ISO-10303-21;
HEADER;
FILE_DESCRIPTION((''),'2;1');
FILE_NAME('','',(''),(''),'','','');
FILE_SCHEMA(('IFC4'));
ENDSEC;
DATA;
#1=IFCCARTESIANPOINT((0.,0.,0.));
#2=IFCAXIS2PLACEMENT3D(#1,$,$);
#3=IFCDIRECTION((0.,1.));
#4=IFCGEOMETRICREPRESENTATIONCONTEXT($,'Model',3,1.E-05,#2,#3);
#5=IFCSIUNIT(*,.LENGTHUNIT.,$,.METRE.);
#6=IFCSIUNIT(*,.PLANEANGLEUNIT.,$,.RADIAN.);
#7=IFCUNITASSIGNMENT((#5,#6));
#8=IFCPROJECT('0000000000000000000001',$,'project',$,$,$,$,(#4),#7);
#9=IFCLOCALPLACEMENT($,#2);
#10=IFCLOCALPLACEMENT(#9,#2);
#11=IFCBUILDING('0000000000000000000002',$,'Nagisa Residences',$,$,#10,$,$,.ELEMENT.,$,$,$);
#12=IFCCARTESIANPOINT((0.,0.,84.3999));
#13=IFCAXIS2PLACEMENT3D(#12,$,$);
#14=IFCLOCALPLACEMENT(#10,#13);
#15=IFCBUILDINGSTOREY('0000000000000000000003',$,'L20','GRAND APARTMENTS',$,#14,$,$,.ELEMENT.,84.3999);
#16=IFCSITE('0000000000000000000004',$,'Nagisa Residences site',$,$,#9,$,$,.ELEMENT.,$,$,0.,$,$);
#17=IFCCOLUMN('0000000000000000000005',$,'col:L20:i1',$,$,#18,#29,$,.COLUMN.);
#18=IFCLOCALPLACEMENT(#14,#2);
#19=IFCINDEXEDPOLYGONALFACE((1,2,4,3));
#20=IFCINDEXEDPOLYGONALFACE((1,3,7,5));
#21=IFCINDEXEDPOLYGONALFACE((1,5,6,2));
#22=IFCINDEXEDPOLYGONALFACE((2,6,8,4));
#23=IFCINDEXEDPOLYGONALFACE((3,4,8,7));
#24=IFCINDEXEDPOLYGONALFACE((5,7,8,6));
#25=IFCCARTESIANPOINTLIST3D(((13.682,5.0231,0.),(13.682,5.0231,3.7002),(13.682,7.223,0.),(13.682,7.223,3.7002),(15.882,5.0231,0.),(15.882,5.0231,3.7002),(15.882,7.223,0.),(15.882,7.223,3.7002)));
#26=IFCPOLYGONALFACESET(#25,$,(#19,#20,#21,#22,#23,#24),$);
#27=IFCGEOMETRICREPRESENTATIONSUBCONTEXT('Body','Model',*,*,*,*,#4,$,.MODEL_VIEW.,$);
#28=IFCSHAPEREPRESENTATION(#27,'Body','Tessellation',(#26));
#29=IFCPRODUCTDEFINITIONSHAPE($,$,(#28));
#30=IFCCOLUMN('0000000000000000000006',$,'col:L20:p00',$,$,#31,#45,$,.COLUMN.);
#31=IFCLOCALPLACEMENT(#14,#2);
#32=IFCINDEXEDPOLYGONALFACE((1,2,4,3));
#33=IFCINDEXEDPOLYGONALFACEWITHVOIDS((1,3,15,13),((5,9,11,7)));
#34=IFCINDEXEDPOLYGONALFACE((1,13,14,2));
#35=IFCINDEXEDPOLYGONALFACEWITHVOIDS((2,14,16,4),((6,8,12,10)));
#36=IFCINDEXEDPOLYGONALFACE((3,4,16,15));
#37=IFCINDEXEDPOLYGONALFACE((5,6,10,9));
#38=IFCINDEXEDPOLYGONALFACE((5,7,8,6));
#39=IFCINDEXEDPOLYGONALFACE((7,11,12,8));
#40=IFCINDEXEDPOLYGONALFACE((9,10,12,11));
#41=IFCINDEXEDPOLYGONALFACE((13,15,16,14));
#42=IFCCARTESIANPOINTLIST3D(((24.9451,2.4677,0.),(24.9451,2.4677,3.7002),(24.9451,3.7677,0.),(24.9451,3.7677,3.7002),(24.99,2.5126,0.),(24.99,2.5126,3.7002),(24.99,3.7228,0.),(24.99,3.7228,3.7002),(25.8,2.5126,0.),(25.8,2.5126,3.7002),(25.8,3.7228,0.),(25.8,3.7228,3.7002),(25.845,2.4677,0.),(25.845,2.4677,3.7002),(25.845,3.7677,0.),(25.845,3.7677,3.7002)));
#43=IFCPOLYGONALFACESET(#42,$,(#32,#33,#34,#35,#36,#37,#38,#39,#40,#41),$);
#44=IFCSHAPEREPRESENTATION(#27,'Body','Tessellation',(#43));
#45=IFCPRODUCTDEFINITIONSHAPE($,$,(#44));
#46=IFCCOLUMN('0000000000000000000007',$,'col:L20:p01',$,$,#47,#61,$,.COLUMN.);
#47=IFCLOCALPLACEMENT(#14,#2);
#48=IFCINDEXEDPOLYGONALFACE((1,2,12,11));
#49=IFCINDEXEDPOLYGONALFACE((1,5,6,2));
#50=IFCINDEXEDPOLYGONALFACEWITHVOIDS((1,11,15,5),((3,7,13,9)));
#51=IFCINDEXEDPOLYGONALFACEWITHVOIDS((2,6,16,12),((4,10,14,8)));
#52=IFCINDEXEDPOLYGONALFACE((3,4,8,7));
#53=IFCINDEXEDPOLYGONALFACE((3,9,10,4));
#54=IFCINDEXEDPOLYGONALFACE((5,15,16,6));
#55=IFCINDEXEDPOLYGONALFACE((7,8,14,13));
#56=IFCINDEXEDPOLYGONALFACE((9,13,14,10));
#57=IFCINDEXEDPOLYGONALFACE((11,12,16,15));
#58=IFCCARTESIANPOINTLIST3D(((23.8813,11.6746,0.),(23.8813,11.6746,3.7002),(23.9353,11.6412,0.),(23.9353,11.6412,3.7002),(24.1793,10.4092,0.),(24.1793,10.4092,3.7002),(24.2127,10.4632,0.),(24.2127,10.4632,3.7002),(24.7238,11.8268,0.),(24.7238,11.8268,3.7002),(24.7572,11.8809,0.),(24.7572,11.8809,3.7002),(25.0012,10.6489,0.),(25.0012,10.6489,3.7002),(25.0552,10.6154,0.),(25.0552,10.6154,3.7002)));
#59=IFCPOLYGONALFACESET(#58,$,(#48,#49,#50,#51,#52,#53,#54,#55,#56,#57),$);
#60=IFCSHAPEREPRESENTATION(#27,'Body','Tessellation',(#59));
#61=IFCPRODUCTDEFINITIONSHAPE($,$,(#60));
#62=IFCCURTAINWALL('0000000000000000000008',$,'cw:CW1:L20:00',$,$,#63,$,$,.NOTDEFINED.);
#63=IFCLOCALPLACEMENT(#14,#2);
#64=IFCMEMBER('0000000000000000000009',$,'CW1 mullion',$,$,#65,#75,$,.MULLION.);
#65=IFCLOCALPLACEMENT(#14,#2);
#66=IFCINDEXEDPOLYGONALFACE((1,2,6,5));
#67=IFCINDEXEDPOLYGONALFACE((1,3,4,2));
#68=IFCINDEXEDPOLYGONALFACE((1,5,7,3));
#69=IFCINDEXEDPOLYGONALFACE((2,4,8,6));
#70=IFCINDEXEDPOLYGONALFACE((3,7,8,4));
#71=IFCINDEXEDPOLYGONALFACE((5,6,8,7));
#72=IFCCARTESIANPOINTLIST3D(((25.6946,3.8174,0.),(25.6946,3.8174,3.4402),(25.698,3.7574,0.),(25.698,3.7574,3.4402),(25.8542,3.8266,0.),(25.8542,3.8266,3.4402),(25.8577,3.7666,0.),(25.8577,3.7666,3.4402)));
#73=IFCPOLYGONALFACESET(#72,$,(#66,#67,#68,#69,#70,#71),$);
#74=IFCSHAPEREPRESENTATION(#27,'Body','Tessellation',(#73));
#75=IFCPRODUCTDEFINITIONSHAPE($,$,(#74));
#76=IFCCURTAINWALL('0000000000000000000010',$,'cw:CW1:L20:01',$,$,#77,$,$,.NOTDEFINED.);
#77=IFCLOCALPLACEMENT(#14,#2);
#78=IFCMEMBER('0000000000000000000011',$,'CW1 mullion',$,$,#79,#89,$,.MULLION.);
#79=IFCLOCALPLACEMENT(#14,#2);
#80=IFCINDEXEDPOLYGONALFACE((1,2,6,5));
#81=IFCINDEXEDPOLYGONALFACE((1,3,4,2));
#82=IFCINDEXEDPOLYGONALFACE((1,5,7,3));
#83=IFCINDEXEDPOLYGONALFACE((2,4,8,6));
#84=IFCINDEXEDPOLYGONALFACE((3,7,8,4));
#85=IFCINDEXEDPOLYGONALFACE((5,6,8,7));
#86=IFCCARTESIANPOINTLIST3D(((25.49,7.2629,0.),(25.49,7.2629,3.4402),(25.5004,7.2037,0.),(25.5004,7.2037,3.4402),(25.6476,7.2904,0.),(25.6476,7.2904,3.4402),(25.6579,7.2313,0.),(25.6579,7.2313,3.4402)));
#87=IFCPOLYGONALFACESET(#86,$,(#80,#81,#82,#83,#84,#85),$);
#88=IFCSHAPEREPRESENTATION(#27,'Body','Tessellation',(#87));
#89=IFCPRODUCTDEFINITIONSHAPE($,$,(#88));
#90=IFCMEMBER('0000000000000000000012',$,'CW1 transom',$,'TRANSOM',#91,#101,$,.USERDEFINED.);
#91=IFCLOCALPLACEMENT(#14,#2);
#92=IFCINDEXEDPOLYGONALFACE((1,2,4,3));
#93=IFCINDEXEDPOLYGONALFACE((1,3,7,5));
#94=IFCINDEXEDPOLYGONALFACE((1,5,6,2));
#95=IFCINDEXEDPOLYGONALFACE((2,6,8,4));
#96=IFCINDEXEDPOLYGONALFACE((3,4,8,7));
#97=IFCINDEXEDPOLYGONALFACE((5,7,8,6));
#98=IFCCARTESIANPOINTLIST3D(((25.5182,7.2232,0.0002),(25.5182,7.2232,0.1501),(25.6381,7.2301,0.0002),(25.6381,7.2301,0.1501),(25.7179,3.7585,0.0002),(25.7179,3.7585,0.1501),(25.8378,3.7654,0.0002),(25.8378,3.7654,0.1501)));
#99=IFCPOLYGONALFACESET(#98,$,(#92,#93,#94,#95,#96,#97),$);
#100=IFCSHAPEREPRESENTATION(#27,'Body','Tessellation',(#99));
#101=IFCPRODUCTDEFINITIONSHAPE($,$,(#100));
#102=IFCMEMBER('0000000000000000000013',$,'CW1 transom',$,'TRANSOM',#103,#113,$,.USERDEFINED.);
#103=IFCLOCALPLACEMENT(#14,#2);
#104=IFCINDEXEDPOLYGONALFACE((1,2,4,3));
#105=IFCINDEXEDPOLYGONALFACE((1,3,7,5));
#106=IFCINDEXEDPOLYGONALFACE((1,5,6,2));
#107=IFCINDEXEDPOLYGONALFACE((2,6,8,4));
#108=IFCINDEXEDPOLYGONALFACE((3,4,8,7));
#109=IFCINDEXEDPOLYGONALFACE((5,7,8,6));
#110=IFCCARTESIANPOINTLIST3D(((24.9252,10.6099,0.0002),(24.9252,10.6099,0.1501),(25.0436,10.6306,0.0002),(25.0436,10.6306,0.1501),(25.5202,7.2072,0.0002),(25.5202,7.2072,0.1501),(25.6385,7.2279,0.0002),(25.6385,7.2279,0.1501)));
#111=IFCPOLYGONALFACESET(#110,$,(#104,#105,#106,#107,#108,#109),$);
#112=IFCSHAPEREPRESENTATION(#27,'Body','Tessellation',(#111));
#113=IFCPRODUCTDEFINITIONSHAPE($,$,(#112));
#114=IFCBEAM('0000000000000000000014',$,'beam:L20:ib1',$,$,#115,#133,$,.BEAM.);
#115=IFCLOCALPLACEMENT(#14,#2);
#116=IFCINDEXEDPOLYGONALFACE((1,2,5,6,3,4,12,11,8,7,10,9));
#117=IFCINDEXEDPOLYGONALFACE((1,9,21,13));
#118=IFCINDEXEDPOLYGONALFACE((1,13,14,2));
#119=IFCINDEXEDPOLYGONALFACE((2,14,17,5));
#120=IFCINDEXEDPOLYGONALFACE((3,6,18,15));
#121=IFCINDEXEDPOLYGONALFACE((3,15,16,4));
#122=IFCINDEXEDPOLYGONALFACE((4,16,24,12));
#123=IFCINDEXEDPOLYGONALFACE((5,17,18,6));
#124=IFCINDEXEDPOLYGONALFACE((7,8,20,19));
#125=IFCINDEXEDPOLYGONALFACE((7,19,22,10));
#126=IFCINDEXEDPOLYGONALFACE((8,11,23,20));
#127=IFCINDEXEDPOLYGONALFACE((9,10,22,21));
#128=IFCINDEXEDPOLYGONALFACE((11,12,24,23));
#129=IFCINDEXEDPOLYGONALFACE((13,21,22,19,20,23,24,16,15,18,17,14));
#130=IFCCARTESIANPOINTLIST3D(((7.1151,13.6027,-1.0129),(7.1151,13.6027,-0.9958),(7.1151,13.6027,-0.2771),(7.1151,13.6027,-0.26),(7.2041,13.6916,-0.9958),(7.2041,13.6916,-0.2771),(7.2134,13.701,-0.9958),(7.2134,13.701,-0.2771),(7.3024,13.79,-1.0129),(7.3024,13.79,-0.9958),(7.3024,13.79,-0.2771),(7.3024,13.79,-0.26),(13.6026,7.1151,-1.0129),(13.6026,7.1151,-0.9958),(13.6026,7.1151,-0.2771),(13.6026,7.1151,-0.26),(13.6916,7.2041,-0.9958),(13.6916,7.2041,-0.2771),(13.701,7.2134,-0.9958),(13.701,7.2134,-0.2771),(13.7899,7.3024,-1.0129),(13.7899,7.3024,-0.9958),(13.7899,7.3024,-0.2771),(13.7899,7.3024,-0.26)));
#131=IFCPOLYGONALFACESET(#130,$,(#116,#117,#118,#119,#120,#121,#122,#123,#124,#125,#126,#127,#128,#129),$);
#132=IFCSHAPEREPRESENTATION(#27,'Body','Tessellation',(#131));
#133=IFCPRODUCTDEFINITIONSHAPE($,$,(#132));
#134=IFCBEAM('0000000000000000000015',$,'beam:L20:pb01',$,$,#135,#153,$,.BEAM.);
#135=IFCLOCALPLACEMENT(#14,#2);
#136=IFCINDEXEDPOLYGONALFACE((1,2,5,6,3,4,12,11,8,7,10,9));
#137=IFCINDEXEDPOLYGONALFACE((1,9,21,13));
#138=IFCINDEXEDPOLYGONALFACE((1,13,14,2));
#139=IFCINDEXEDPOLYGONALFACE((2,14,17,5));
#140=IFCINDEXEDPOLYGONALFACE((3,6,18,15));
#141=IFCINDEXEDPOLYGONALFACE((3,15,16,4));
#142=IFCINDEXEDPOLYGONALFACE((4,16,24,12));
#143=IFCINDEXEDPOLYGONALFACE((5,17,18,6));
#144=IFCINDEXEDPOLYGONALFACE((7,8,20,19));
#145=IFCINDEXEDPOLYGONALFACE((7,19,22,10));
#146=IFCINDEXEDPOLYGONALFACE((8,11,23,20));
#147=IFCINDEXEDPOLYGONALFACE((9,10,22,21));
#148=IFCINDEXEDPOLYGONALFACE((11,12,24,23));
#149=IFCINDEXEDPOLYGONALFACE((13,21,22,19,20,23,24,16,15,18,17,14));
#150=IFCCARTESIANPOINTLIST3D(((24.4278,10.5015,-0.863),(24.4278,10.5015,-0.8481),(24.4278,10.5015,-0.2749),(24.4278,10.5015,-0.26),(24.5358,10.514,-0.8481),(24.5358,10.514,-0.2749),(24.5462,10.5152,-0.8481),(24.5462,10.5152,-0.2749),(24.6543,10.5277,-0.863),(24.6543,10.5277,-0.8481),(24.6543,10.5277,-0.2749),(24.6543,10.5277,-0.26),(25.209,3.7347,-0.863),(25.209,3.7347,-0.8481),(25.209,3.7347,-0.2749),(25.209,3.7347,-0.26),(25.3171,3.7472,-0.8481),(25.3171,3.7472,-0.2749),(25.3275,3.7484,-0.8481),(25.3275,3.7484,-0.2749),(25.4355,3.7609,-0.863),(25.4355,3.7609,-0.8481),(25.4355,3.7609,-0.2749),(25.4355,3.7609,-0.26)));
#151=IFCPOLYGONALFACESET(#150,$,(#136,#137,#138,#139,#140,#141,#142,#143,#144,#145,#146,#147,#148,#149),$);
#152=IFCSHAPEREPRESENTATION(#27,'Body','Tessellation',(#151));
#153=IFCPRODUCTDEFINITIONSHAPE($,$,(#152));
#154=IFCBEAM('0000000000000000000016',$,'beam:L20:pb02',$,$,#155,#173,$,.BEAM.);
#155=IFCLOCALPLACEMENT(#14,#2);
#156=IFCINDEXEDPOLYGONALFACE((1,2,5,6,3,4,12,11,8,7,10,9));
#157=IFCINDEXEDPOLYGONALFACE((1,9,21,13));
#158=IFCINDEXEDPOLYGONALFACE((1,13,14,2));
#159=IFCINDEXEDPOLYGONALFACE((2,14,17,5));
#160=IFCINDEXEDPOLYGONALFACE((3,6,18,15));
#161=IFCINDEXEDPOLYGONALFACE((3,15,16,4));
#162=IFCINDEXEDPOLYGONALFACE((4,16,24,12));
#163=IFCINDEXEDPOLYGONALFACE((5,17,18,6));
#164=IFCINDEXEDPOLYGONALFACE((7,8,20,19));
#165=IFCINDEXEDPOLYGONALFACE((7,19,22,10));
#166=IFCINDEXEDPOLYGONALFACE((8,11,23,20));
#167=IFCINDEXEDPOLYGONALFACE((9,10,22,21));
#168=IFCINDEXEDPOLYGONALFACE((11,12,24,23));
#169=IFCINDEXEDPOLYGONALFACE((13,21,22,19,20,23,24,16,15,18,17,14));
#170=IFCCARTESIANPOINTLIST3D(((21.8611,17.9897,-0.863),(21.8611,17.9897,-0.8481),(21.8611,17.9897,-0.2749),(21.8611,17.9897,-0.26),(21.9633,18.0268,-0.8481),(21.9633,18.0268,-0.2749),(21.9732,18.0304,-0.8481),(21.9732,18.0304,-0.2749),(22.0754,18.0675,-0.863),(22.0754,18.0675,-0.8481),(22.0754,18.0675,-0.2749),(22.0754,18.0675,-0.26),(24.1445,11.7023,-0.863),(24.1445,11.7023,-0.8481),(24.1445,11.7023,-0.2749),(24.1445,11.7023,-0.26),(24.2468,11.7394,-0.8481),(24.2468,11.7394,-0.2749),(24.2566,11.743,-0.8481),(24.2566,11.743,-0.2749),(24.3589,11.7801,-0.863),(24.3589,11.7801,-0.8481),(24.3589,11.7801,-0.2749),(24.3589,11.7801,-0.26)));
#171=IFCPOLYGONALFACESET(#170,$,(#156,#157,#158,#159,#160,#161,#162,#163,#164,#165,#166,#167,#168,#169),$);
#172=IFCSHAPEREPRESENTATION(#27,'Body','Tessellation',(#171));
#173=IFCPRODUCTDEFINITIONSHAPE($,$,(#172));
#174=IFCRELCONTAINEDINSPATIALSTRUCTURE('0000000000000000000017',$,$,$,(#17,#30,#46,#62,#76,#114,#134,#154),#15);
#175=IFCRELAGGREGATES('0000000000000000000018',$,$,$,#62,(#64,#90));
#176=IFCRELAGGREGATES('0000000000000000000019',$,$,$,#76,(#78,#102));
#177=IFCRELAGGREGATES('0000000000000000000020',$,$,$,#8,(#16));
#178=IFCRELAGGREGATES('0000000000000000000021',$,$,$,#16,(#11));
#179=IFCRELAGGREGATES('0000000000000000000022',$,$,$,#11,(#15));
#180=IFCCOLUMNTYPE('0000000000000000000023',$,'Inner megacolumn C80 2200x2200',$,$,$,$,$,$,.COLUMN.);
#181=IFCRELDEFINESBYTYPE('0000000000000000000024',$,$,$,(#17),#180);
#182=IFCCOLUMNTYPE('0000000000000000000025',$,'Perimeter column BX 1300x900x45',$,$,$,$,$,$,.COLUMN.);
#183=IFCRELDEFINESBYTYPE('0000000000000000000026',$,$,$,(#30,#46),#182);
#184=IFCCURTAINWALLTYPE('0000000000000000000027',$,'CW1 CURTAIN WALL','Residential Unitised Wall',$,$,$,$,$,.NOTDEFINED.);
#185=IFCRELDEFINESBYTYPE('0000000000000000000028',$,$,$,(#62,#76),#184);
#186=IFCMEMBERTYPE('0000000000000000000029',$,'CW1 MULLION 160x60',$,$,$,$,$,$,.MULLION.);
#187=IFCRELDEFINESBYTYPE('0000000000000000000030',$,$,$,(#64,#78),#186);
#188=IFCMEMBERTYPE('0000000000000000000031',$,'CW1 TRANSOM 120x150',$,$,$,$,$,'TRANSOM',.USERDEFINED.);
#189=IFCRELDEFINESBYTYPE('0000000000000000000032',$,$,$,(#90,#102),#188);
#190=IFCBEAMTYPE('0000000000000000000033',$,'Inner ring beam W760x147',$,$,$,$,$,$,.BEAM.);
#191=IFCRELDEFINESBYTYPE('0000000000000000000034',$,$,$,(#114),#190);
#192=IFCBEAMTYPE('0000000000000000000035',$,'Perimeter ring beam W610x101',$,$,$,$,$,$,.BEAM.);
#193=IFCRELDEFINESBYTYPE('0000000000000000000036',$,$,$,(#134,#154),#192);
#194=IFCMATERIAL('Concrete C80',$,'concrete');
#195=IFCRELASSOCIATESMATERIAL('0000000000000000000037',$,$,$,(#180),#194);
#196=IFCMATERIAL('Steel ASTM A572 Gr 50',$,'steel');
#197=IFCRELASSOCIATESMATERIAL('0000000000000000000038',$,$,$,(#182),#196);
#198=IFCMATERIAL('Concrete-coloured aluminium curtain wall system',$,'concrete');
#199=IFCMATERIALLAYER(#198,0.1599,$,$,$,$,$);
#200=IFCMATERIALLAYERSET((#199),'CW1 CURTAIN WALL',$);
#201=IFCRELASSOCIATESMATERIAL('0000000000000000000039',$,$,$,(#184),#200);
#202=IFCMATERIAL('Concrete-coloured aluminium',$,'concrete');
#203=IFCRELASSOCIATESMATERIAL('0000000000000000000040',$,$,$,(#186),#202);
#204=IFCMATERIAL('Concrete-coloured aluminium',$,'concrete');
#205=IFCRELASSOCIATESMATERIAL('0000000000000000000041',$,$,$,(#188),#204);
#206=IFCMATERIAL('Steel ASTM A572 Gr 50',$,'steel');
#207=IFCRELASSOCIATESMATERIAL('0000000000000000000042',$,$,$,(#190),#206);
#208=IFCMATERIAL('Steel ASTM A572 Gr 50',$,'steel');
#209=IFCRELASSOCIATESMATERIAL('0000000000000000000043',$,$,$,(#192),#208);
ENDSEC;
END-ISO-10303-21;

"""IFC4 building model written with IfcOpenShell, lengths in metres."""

from ifc_helpers import new_model, si_unit, direction, frame, origin, origin_2d, place, context, subcontext, project, spatial, rectangle, hollow_rectangle, i_section, extrude, material, layer, layer_set, material_profile, profile_set, type_object, element, aggregate, save


model = new_model("IFC4")

# Units and contexts
model_context = context("Model", 3, precision=1e-05, world=origin(), true_north=direction((0.0, 1.0)))
body_context = subcontext(model_context, "Body", "Model", "MODEL_VIEW")
ifc_project = project(units=[si_unit("LENGTHUNIT", "METRE"), si_unit("PLANEANGLEUNIT", "RADIAN")], contexts=[model_context])

# Site, building, storey
site_placement = place(None, origin())
site = spatial("IfcSite", under=ifc_project, at=site_placement, Name="Nagisa Residences site", CompositionType="ELEMENT", RefElevation=0.0)
building_placement = place(site_placement, origin())
building = spatial("IfcBuilding", under=site, at=building_placement, Name="Nagisa Residences", CompositionType="ELEMENT")
storey_placement = place(building_placement, frame((0.0, 0.0, 84.3999)))
storey = spatial("IfcBuildingStorey", under=building, at=storey_placement, Name="L20", Description="GRAND APARTMENTS", CompositionType="ELEMENT", Elevation=84.3999)

# Columns
ifc_material_1 = material(Name="Concrete C80", Category="concrete")
ifc_material_profile_1 = material_profile(ifc_material_1, rectangle(XDim=2.2, YDim=2.2, at=origin_2d()), Name="C80 2200x2200")
ifc_profile_set_1 = profile_set([ifc_material_profile_1], Name="Concrete C80")
column_type_1 = type_object("IfcColumnType", Name="Inner megacolumn C80 2200x2200", PredefinedType="COLUMN", material=ifc_profile_set_1)
column_placement = place(storey_placement, frame((14.782, 6.123, 0.0), z_axis=(0.0, 0.0, 1.0), x_axis=(1.0, 0.0, 0.0)))
element("IfcColumn", 1, at=column_placement, inside=storey, type_object=column_type_1, Name="col:L20:i1", PredefinedType="COLUMN", context=body_context, shape_type="SweptSolid", body=[
    extrude(rectangle(XDim=2.2, YDim=2.2, at=origin_2d()), origin(), (0.0, 0.0, 1.0), 3.7002),
])
ifc_material_2 = material(Name="Steel ASTM A572 Gr 50", Category="steel")
ifc_material_profile_2 = material_profile(ifc_material_2, hollow_rectangle(XDim=1.3, YDim=0.8999, WallThickness=0.0449, at=origin_2d()), Name="BX 1300x900x45")
ifc_profile_set_2 = profile_set([ifc_material_profile_2], Name="Steel ASTM A572 Gr 50")
column_type_2 = type_object("IfcColumnType", Name="Perimeter column BX 1300x900x45", PredefinedType="COLUMN", material=ifc_profile_set_2)
for number, where, z_axis, x_axis, name in (
    (2, (25.395, 3.1177, 0.0), (0.0, 0.0, 1.0), (0.0, 1.0, 0.0), "col:L20:p00"),
    (3, (24.4683, 11.145, 0.0), (0.0, 0.0, 1.0), (-0.229202, 0.973379, 0.0), "col:L20:p01"),
):
    element("IfcColumn", number, at=place(storey_placement, frame(where, z_axis=z_axis, x_axis=x_axis)), inside=storey, type_object=column_type_2, Name=name, PredefinedType="COLUMN", context=body_context, shape_type="SweptSolid", body=[
        extrude(hollow_rectangle(XDim=1.3, YDim=0.8999, WallThickness=0.0449, at=origin_2d()), origin(), (0.0, 0.0, 1.0), 3.7002),
    ])

# Curtain walls, members
ifc_material_3 = material(Name="Concrete-coloured aluminium curtain wall system", Category="concrete")
ifc_layer_1 = layer(ifc_material_3, 0.1599)
ifc_layer_set_1 = layer_set([ifc_layer_1], Name="CW1 CURTAIN WALL")
curtain_wall_type = type_object("IfcCurtainWallType", Name="CW1 CURTAIN WALL", Description="Residential Unitised Wall", PredefinedType="NOTDEFINED", material=ifc_layer_set_1)
curtain_wall_1_placement = place(storey_placement, origin())
curtain_wall_1 = element("IfcCurtainWall", 4, at=curtain_wall_1_placement, inside=storey, type_object=curtain_wall_type, Name="cw:CW1:L20:00", PredefinedType="NOTDEFINED")
ifc_material_4 = material(Name="Concrete-coloured aluminium", Category="concrete")
ifc_material_profile_3 = material_profile(ifc_material_4, rectangle(XDim=0.1599, YDim=0.0601, at=origin_2d()), Name="CW1 MULLION 160x60")
ifc_profile_set_3 = profile_set([ifc_material_profile_3], Name="Concrete-coloured aluminium")
member_type_1 = type_object("IfcMemberType", Name="CW1 MULLION 160x60", PredefinedType="MULLION", material=ifc_profile_set_3)
member_1_placement = place(storey_placement, frame((25.7761, 3.792, 0.0), z_axis=(0.0, 0.0, 1.0), x_axis=(-0.998345, -0.057503, 0.0)))
member_1 = element("IfcMember", 5, at=member_1_placement, type_object=member_type_1, Name="CW1 mullion", PredefinedType="MULLION", context=body_context, shape_type="SweptSolid", body=[
    extrude(rectangle(XDim=0.1599, YDim=0.0601, at=origin_2d()), origin(), (0.0, 0.0, 1.0), 3.4402),
])
curtain_wall_2_placement = place(storey_placement, origin())
curtain_wall_2 = element("IfcCurtainWall", 6, at=curtain_wall_2_placement, inside=storey, type_object=curtain_wall_type, Name="cw:CW1:L20:01", PredefinedType="NOTDEFINED")
member_2_placement = place(storey_placement, frame((25.574, 7.2471, 0.0), z_axis=(0.0, 0.0, 1.0), x_axis=(-0.985064, -0.172191, 0.0)))
member_2 = element("IfcMember", 7, at=member_2_placement, type_object=member_type_1, Name="CW1 mullion", PredefinedType="MULLION", context=body_context, shape_type="SweptSolid", body=[
    extrude(rectangle(XDim=0.1599, YDim=0.0601, at=origin_2d()), origin(), (0.0, 0.0, 1.0), 3.4402),
])

# Members
ifc_material_5 = material(Name="Concrete-coloured aluminium", Category="concrete")
ifc_material_profile_4 = material_profile(ifc_material_5, rectangle(XDim=0.1201, YDim=0.1499, at=origin_2d()), Name="CW1 TRANSOM 120x150")
ifc_profile_set_4 = profile_set([ifc_material_profile_4], Name="Concrete-coloured aluminium")
member_type_2 = type_object("IfcMemberType", Name="CW1 TRANSOM 120x150", ElementType="TRANSOM", PredefinedType="USERDEFINED", material=ifc_profile_set_4)
member_3_placement = place(storey_placement, frame((25.7778, 3.762, 0.0752), z_axis=(-0.057547, 0.998343, 0.0), x_axis=(-0.998343, -0.057547, 0.0)))
member_3 = element("IfcMember", 8, at=member_3_placement, type_object=member_type_2, Name="CW1 transom", ObjectType="TRANSOM", PredefinedType="USERDEFINED", context=body_context, shape_type="SweptSolid", body=[
    extrude(rectangle(XDim=0.1201, YDim=0.1499, at=origin_2d()), origin(), (0.0, 0.0, 1.0), 3.4705),
])
member_4_placement = place(storey_placement, frame((25.5793, 7.2175, 0.0752), z_axis=(-0.172233, 0.985056, 0.0), x_axis=(-0.985056, -0.172233, 0.0)))
member_4 = element("IfcMember", 9, at=member_4_placement, type_object=member_type_2, Name="CW1 transom", ObjectType="TRANSOM", PredefinedType="USERDEFINED", context=body_context, shape_type="SweptSolid", body=[
    extrude(rectangle(XDim=0.1201, YDim=0.1499, at=origin_2d()), origin(), (0.0, 0.0, 1.0), 3.4543),
])

# Beams
ifc_material_6 = material(Name="Steel ASTM A572 Gr 50", Category="steel")
ifc_material_profile_5 = material_profile(ifc_material_6, i_section(OverallWidth=0.2649, OverallDepth=0.7529, WebThickness=0.0132, FlangeThickness=0.0171, at=origin_2d()), Name="W760x147")
ifc_profile_set_5 = profile_set([ifc_material_profile_5], Name="Steel ASTM A572 Gr 50")
beam_type_1 = type_object("IfcBeamType", Name="Inner ring beam W760x147", PredefinedType="BEAM", material=ifc_profile_set_5)
beam_1_placement = place(storey_placement, frame((13.6963, 7.2087, -0.6365), z_axis=(-0.707107, 0.707107, 0.0), x_axis=(-0.707107, -0.707107, 0.0)))
element("IfcBeam", 10, at=beam_1_placement, inside=storey, type_object=beam_type_1, Name="beam:L20:ib1", PredefinedType="BEAM", context=body_context, shape_type="SweptSolid", body=[
    extrude(i_section(OverallWidth=0.2649, OverallDepth=0.7529, WebThickness=0.0132, FlangeThickness=0.0171, at=origin_2d()), origin(), (0.0, 0.0, 1.0), 9.1748),
])
ifc_material_7 = material(Name="Steel ASTM A572 Gr 50", Category="steel")
ifc_material_profile_6 = material_profile(ifc_material_7, i_section(OverallWidth=0.228, OverallDepth=0.603, WebThickness=0.0105, FlangeThickness=0.0149, at=origin_2d()), Name="W610x101")
ifc_profile_set_6 = profile_set([ifc_material_profile_6], Name="Steel ASTM A572 Gr 50")
beam_type_2 = type_object("IfcBeamType", Name="Perimeter ring beam W610x101", PredefinedType="BEAM", material=ifc_profile_set_6)
beam_2_placement = place(storey_placement, frame((25.3223, 3.7478, -0.5615), z_axis=(-0.114691, 0.993401, 0.0), x_axis=(-0.993401, -0.114691, 0.0)))
element("IfcBeam", 11, at=beam_2_placement, inside=storey, type_object=beam_type_2, Name="beam:L20:pb01", PredefinedType="BEAM", context=body_context, shape_type="SweptSolid", body=[
    extrude(i_section(OverallWidth=0.228, OverallDepth=0.603, WebThickness=0.0105, FlangeThickness=0.0149, at=origin_2d()), origin(), (0.0, 0.0, 1.0), 6.8118),
])
beam_3_placement = place(storey_placement, frame((24.2517, 11.7412, -0.5615), z_axis=(-0.341365, 0.939931, 0.0), x_axis=(-0.939931, -0.341365, 0.0)))
element("IfcBeam", 12, at=beam_3_placement, inside=storey, type_object=beam_type_2, Name="beam:L20:pb02", PredefinedType="BEAM", context=body_context, shape_type="SweptSolid", body=[
    extrude(i_section(OverallWidth=0.228, OverallDepth=0.603, WebThickness=0.0105, FlangeThickness=0.0149, at=origin_2d()), origin(), (0.0, 0.0, 1.0), 6.6892),
])

aggregate(curtain_wall_1, [member_1, member_3])
aggregate(curtain_wall_2, [member_2, member_4])

save(model, "model.ifc")
